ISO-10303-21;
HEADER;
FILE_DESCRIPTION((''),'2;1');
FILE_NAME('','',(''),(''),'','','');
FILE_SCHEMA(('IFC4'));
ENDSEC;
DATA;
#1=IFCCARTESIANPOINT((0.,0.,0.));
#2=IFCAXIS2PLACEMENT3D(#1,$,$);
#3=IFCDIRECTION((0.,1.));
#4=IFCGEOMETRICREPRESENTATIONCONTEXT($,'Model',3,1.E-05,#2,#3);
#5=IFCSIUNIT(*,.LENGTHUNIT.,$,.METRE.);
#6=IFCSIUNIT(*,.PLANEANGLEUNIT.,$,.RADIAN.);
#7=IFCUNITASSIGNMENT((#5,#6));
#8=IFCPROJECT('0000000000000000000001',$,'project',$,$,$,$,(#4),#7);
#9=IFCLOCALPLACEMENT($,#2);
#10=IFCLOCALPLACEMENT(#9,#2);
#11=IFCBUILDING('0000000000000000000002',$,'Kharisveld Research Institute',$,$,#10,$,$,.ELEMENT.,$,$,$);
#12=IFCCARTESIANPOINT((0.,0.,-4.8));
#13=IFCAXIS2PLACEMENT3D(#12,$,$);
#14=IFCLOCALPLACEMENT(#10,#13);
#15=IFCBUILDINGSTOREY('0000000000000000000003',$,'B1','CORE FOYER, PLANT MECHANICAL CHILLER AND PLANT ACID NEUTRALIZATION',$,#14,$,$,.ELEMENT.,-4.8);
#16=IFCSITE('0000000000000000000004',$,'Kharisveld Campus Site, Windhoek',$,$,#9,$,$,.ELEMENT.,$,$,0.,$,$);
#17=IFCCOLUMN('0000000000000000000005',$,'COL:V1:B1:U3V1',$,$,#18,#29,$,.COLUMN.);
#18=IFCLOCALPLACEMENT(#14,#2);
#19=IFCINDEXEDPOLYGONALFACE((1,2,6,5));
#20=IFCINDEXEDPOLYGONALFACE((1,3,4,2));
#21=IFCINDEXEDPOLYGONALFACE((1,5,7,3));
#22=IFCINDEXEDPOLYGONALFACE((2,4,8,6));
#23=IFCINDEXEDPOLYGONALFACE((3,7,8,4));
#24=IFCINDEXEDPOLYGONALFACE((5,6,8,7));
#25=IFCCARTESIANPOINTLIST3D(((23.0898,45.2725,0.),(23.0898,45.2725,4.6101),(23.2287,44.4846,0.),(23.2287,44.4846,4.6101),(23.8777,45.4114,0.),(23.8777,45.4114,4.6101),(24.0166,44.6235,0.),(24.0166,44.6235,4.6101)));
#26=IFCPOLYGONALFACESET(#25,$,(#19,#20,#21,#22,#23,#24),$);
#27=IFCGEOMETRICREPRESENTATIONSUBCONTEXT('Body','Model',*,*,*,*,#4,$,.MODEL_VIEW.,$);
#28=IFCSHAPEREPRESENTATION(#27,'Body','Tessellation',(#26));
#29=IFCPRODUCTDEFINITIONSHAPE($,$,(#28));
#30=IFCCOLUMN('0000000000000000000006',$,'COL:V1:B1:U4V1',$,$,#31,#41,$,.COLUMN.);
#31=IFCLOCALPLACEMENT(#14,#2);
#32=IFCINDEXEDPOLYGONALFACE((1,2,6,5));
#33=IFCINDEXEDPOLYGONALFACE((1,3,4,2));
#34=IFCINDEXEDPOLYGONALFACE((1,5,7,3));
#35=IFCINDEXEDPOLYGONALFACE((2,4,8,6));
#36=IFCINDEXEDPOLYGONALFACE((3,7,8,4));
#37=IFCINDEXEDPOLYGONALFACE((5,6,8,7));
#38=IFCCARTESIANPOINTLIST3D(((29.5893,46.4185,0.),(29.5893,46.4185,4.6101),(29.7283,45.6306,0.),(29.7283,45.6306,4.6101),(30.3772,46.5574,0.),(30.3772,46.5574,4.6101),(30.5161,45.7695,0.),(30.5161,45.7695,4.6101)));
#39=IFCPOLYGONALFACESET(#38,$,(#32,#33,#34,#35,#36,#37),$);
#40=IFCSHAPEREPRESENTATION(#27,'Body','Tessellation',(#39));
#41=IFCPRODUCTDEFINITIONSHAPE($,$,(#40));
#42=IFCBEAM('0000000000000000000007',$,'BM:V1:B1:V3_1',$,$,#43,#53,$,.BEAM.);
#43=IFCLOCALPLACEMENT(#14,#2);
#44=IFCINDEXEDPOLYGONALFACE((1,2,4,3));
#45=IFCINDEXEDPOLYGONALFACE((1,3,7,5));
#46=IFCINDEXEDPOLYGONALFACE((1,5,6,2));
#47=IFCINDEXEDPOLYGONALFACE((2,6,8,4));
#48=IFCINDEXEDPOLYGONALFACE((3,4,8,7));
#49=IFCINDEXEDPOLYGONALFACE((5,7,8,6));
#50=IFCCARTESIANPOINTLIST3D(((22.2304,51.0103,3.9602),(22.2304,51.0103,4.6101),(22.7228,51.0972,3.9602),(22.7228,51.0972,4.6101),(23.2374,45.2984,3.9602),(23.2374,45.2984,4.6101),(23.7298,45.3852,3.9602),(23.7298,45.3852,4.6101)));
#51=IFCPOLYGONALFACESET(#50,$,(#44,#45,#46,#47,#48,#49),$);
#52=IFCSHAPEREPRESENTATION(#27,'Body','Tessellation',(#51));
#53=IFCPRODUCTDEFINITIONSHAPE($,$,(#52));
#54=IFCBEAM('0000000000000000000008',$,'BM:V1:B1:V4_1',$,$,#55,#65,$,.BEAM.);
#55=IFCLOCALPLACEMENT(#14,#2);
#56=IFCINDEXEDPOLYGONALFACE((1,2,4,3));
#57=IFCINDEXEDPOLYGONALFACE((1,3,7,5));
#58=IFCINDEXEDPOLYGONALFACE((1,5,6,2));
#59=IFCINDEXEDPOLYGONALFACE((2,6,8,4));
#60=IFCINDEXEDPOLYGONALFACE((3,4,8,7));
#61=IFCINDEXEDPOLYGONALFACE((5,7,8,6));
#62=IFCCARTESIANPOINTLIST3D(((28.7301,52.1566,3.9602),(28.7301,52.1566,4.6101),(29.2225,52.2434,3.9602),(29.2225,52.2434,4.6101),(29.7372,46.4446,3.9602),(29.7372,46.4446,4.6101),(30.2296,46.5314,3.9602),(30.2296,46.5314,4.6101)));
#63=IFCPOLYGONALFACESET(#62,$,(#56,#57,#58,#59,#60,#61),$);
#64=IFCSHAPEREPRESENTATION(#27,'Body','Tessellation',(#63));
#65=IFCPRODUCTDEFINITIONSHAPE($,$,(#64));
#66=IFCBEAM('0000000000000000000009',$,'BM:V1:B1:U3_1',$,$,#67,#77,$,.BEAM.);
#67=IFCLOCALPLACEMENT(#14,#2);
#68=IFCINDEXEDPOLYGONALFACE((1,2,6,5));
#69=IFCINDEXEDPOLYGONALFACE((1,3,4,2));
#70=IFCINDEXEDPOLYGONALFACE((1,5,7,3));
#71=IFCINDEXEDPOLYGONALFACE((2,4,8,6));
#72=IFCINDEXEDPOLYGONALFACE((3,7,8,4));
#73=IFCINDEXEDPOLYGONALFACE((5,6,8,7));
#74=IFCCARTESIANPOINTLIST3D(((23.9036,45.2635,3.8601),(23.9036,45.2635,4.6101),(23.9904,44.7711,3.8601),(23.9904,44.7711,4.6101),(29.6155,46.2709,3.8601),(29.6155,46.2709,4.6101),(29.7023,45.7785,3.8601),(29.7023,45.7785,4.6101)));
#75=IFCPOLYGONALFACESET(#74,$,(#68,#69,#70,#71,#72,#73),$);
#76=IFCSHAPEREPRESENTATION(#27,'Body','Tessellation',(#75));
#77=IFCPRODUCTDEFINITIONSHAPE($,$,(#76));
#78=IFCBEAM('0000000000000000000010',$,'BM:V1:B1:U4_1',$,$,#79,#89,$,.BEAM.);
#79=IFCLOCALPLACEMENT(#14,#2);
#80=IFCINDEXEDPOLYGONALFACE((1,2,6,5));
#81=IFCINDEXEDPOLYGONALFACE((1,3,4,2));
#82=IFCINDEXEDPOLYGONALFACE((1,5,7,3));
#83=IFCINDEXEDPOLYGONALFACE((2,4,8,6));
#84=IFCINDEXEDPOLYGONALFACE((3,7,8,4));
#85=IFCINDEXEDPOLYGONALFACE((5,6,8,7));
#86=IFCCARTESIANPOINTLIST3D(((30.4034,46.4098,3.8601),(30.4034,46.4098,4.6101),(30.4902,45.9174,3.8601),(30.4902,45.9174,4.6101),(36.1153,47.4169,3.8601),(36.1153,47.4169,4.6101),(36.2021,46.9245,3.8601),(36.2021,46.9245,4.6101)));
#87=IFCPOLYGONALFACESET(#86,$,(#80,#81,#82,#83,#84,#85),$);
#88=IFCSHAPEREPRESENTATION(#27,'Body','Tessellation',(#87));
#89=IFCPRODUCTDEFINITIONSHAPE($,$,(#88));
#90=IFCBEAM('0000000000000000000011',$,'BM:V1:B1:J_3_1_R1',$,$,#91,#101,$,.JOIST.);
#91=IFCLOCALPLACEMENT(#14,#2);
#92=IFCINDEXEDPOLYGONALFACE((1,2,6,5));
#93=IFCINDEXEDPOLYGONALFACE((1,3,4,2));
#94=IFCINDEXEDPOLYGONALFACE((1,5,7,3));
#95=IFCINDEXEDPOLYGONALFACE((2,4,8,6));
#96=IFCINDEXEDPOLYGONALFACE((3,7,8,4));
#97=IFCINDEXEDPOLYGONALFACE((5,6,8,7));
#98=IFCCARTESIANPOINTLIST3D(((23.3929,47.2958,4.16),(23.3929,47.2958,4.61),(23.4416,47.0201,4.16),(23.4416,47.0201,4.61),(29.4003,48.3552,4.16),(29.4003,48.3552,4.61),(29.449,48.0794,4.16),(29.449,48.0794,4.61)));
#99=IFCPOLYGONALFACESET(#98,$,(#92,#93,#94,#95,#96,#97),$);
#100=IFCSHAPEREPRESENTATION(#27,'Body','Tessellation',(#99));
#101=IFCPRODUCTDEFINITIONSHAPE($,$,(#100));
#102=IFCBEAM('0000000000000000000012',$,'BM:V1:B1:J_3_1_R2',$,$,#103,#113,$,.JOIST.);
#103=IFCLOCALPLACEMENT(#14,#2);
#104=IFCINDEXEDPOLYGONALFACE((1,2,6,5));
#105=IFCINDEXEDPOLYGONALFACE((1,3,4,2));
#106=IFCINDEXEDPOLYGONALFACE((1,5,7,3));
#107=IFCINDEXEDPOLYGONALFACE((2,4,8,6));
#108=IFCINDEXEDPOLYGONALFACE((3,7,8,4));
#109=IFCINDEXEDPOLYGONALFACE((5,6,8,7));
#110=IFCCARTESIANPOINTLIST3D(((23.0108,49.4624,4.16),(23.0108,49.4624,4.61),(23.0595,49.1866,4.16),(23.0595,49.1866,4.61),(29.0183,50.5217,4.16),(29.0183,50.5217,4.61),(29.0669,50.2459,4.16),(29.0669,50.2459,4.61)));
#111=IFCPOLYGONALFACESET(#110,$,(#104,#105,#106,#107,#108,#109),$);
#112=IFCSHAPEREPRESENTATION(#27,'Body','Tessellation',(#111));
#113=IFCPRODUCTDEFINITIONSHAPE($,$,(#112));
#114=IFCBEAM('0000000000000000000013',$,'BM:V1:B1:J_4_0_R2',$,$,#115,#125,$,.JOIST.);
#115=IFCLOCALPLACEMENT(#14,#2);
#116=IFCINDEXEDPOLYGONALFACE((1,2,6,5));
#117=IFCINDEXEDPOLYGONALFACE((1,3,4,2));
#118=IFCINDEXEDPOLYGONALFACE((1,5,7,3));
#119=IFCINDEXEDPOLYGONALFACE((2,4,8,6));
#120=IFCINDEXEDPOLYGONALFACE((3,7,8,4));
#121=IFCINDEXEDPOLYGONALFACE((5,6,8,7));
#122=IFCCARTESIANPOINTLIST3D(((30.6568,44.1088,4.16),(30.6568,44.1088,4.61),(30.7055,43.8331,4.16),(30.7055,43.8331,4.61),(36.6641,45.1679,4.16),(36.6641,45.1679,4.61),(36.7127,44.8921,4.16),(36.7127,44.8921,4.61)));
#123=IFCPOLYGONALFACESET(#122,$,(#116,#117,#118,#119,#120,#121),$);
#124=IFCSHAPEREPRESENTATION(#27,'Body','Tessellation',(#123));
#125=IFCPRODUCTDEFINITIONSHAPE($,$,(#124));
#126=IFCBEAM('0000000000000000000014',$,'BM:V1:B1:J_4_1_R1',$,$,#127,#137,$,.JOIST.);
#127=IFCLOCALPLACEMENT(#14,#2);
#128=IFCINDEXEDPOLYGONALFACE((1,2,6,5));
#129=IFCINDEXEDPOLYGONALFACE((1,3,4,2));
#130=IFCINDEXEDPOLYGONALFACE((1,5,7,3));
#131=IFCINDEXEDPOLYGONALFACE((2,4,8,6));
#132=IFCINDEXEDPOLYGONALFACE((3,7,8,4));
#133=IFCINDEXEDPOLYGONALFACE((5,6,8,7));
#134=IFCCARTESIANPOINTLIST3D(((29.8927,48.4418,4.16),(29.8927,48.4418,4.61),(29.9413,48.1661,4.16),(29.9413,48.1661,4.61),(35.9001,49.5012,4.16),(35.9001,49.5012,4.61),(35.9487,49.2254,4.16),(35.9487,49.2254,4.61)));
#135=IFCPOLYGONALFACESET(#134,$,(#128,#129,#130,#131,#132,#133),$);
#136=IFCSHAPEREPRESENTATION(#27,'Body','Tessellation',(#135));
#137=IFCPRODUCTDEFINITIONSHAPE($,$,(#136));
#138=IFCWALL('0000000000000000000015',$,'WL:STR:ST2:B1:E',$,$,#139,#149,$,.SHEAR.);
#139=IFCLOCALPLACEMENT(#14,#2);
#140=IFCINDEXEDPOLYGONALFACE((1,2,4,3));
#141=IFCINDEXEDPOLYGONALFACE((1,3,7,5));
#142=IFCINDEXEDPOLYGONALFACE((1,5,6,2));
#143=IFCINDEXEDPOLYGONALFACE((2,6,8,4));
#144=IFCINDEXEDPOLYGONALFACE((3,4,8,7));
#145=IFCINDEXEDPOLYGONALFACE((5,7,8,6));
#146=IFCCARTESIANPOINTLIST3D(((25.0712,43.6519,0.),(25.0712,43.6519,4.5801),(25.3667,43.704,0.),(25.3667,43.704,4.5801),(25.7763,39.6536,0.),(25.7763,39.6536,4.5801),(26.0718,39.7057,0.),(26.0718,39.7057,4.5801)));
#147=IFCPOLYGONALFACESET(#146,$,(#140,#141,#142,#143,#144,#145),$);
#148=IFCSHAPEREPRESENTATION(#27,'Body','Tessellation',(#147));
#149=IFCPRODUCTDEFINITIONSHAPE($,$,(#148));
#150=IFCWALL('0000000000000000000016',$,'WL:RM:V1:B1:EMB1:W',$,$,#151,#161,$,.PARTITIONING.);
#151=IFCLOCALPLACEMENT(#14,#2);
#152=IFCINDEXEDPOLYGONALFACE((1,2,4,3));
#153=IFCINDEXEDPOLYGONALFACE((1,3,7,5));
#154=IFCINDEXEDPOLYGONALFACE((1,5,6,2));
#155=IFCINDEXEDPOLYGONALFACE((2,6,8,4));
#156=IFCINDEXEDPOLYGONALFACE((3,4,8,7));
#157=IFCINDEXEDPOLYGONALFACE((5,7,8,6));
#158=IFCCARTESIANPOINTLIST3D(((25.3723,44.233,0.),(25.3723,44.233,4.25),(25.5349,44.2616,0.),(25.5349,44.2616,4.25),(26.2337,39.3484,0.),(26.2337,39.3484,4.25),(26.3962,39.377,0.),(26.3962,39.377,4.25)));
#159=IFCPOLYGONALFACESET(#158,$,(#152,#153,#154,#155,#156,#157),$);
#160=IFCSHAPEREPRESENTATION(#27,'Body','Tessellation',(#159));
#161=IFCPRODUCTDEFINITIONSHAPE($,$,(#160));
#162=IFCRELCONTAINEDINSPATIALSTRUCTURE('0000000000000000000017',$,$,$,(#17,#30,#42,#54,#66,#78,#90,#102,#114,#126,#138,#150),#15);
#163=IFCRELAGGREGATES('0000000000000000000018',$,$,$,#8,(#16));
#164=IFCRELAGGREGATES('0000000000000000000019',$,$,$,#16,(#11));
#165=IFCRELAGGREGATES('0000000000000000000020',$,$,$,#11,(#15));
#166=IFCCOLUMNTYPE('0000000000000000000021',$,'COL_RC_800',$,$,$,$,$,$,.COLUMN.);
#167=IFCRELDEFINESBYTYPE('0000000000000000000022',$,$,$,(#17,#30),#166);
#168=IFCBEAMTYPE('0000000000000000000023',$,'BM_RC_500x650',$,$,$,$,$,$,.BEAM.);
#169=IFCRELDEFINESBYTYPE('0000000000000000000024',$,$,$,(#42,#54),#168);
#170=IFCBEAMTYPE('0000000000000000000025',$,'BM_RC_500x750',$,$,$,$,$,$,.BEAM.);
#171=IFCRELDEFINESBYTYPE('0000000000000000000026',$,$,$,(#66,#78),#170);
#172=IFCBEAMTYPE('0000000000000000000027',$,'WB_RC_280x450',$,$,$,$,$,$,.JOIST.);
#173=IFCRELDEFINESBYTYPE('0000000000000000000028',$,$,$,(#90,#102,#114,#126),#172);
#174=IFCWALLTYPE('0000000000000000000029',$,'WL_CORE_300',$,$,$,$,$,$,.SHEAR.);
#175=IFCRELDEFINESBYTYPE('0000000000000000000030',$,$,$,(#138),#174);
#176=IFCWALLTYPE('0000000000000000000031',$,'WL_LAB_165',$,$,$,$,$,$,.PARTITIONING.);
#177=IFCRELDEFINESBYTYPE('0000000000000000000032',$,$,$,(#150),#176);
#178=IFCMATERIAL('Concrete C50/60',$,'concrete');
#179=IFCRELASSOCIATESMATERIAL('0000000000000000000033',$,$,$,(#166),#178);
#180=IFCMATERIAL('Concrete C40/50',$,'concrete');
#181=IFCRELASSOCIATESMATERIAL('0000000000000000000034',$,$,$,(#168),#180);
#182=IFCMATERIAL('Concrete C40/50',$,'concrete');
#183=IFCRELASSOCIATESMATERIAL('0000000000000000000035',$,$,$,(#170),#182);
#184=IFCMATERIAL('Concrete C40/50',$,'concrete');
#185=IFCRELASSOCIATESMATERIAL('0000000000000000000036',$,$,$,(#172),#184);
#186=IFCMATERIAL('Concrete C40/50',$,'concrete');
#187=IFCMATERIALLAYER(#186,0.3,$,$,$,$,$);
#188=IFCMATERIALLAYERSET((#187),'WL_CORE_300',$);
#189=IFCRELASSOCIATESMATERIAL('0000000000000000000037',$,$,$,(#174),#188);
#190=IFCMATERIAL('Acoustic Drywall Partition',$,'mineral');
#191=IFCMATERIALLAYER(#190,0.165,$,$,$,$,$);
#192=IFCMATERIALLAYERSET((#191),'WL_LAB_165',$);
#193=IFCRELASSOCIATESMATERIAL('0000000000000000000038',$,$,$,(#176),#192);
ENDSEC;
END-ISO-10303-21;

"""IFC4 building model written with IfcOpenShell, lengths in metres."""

from ifc_helpers import new_model, si_unit, direction, frame, frame_2d, origin, origin_2d, place, context, subcontext, project, spatial, rectangle, extrude, material, layer, layer_set, material_profile, profile_set, type_object, element, save


model = new_model("IFC4")

# Units and contexts
model_context = context("Model", 3, precision=1e-05, world=origin(), true_north=direction((0.0, 1.0)))
body_context = subcontext(model_context, "Body", "Model", "MODEL_VIEW")
ifc_project = project(units=[si_unit("LENGTHUNIT", "METRE"), si_unit("PLANEANGLEUNIT", "RADIAN")], contexts=[model_context])

# Site, building, storey
site_placement = place(None, origin())
site = spatial("IfcSite", under=ifc_project, at=site_placement, Name="Kharisveld Campus Site, Windhoek", CompositionType="ELEMENT", RefElevation=0.0)
building_placement = place(site_placement, origin())
building = spatial("IfcBuilding", under=site, at=building_placement, Name="Kharisveld Research Institute", CompositionType="ELEMENT")
storey_placement = place(building_placement, frame((0.0, 0.0, -4.8)))
storey = spatial("IfcBuildingStorey", under=building, at=storey_placement, Name="B1", Description="CORE FOYER, PLANT MECHANICAL CHILLER AND PLANT ACID NEUTRALIZATION", CompositionType="ELEMENT", Elevation=-4.8)

# Columns
ifc_material_1 = material(Name="Concrete C50/60", Category="concrete")
ifc_material_profile_1 = material_profile(ifc_material_1, rectangle(XDim=0.8, YDim=0.8, at=origin_2d()))
ifc_profile_set_1 = profile_set([ifc_material_profile_1], Name="Concrete C50/60")
column_type = type_object("IfcColumnType", Name="COL_RC_800", PredefinedType="COLUMN", material=ifc_profile_set_1)
for number, where, z_axis, x_axis, name in (
    (1, (23.5532, 44.948, 0.0), (0.0, 0.0, 1.0), (0.984808, 0.173648, 0.0), "COL:V1:B1:U3V1"),
    (2, (30.0527, 46.094, 0.0), (0.0, 0.0, 1.0), (0.984808, 0.173648, 0.0), "COL:V1:B1:U4V1"),
):
    element("IfcColumn", number, at=place(storey_placement, frame(where, z_axis=z_axis, x_axis=x_axis)), inside=storey, type_object=column_type, Name=name, PredefinedType="COLUMN", context=body_context, shape_type="SweptSolid", body=[
        extrude(rectangle(XDim=0.8, YDim=0.8, at=origin_2d()), origin(), (0.0, 0.0, 1.0), 4.6101),
    ])

# Beams
ifc_material_2 = material(Name="Concrete C40/50", Category="concrete")
ifc_material_profile_2 = material_profile(ifc_material_2, rectangle(XDim=0.5, YDim=0.6499, at=origin_2d()))
ifc_profile_set_2 = profile_set([ifc_material_profile_2], Name="Concrete C40/50")
beam_type_1 = type_object("IfcBeamType", Name="BM_RC_500x650", PredefinedType="BEAM", material=ifc_profile_set_2)
for number, where, z_axis, x_axis, name in (
    (3, (23.4836, 45.3418, 4.2852), (-0.173634, 0.98481, 0.0), (-0.98481, -0.173634, 0.0), "BM:V1:B1:V3_1"),
    (4, (29.9834, 46.488, 4.2852), (-0.173634, 0.98481, 0.0), (-0.98481, -0.173634, 0.0), "BM:V1:B1:V4_1"),
):
    element("IfcBeam", number, at=place(storey_placement, frame(where, z_axis=z_axis, x_axis=x_axis)), inside=storey, type_object=beam_type_1, Name=name, PredefinedType="BEAM", context=body_context, shape_type="SweptSolid", body=[
        extrude(rectangle(XDim=0.5, YDim=0.6499, at=origin_2d()), origin(), (0.0, 0.0, 1.0), 5.8),
    ])
ifc_material_3 = material(Name="Concrete C40/50", Category="concrete")
ifc_material_profile_3 = material_profile(ifc_material_3, rectangle(XDim=0.5, YDim=0.75, at=origin_2d()))
ifc_profile_set_3 = profile_set([ifc_material_profile_3], Name="Concrete C40/50")
beam_type_2 = type_object("IfcBeamType", Name="BM_RC_500x750", PredefinedType="BEAM", material=ifc_profile_set_3)
for number, where, z_axis, x_axis, name in (
    (5, (23.947, 45.0173, 4.2351), (0.984803, 0.173675, 0.0), (-0.173675, 0.984803, 0.0), "BM:V1:B1:U3_1"),
    (6, (30.4468, 46.1636, 4.2351), (0.98481, 0.173634, 0.0), (-0.173634, 0.98481, 0.0), "BM:V1:B1:U4_1"),
):
    element("IfcBeam", number, at=place(storey_placement, frame(where, z_axis=z_axis, x_axis=x_axis)), inside=storey, type_object=beam_type_2, Name=name, PredefinedType="BEAM", context=body_context, shape_type="SweptSolid", body=[
        extrude(rectangle(XDim=0.5, YDim=0.75, at=origin_2d()), origin(), (0.0, 0.0, 1.0), 5.8),
    ])
ifc_material_4 = material(Name="Concrete C40/50", Category="concrete")
ifc_material_profile_4 = material_profile(ifc_material_4, rectangle(XDim=0.28, YDim=0.45, at=origin_2d()))
ifc_profile_set_4 = profile_set([ifc_material_profile_4], Name="Concrete C40/50")
beam_type_3 = type_object("IfcBeamType", Name="WB_RC_280x450", PredefinedType="JOIST", material=ifc_profile_set_4)
for number, where, z_axis, x_axis, name in (
    (7, (23.4172, 47.158, 4.385), (0.984806, 0.17366, 0.0), (-0.17366, 0.984806, 0.0), "BM:V1:B1:J_3_1_R1"),
    (8, (23.0352, 49.3245, 4.385), (0.984806, 0.17366, 0.0), (-0.17366, 0.984806, 0.0), "BM:V1:B1:J_3_1_R2"),
):
    element("IfcBeam", number, at=place(storey_placement, frame(where, z_axis=z_axis, x_axis=x_axis)), inside=storey, type_object=beam_type_3, Name=name, PredefinedType="JOIST", context=body_context, shape_type="SweptSolid", body=[
        extrude(rectangle(XDim=0.28, YDim=0.45, at=origin_2d()), origin(), (0.0, 0.0, 1.0), 6.1001),
    ])
beam_1_placement = place(storey_placement, frame((30.6812, 43.9709, 4.385), z_axis=(0.984813, 0.173621, 0.0), x_axis=(-0.173621, 0.984813, 0.0)))
element("IfcBeam", 9, at=beam_1_placement, inside=storey, type_object=beam_type_3, Name="BM:V1:B1:J_4_0_R2", PredefinedType="JOIST", context=body_context, shape_type="SweptSolid", body=[
    extrude(rectangle(XDim=0.28, YDim=0.45, at=origin_2d()), origin(), (0.0, 0.0, 1.0), 6.0999),
])
beam_2_placement = place(storey_placement, frame((29.917, 48.304, 4.385), z_axis=(0.984806, 0.17366, 0.0), x_axis=(-0.17366, 0.984806, 0.0)))
element("IfcBeam", 10, at=beam_2_placement, inside=storey, type_object=beam_type_3, Name="BM:V1:B1:J_4_1_R1", PredefinedType="JOIST", context=body_context, shape_type="SweptSolid", body=[
    extrude(rectangle(XDim=0.28, YDim=0.45, at=origin_2d()), origin(), (0.0, 0.0, 1.0), 6.1001),
])

# Walls
ifc_material_5 = material(Name="Concrete C40/50", Category="concrete")
ifc_layer_1 = layer(ifc_material_5, 0.3)
ifc_layer_set_1 = layer_set([ifc_layer_1], Name="WL_CORE_300")
wall_type_1 = type_object("IfcWallType", Name="WL_CORE_300", PredefinedType="SHEAR", material=ifc_layer_set_1)
wall_1_placement = place(storey_placement, frame((25.219, 43.678, 0.0), z_axis=(0.0, 0.0, 1.0), x_axis=(0.173665, -0.984805, 0.0)))
element("IfcWall", 11, at=wall_1_placement, inside=storey, type_object=wall_type_1, Name="WL:STR:ST2:B1:E", PredefinedType="SHEAR", context=body_context, shape_type="SweptSolid", body=[
    extrude(rectangle(XDim=4.0601, YDim=0.3, at=frame_2d((2.03, 0.0))), origin(), (0.0, 0.0, 1.0), 4.5801),
])
ifc_material_6 = material(Name="Acoustic Drywall Partition", Category="mineral")
ifc_layer_2 = layer(ifc_material_6, 0.165)
ifc_layer_set_2 = layer_set([ifc_layer_2], Name="WL_LAB_165")
wall_type_2 = type_object("IfcWallType", Name="WL_LAB_165", PredefinedType="PARTITIONING", material=ifc_layer_set_2)
wall_2_placement = place(storey_placement, frame((25.4536, 44.2473, 0.0), z_axis=(0.0, 0.0, 1.0), x_axis=(0.173659, -0.984806, 0.0)))
element("IfcWall", 12, at=wall_2_placement, inside=storey, type_object=wall_type_2, Name="WL:RM:V1:B1:EMB1:W", PredefinedType="PARTITIONING", context=body_context, shape_type="SweptSolid", body=[
    extrude(rectangle(XDim=4.96, YDim=0.165, at=frame_2d((2.48, 0.0))), origin(), (0.0, 0.0, 1.0), 4.25),
])

save(model, "model.ifc")
